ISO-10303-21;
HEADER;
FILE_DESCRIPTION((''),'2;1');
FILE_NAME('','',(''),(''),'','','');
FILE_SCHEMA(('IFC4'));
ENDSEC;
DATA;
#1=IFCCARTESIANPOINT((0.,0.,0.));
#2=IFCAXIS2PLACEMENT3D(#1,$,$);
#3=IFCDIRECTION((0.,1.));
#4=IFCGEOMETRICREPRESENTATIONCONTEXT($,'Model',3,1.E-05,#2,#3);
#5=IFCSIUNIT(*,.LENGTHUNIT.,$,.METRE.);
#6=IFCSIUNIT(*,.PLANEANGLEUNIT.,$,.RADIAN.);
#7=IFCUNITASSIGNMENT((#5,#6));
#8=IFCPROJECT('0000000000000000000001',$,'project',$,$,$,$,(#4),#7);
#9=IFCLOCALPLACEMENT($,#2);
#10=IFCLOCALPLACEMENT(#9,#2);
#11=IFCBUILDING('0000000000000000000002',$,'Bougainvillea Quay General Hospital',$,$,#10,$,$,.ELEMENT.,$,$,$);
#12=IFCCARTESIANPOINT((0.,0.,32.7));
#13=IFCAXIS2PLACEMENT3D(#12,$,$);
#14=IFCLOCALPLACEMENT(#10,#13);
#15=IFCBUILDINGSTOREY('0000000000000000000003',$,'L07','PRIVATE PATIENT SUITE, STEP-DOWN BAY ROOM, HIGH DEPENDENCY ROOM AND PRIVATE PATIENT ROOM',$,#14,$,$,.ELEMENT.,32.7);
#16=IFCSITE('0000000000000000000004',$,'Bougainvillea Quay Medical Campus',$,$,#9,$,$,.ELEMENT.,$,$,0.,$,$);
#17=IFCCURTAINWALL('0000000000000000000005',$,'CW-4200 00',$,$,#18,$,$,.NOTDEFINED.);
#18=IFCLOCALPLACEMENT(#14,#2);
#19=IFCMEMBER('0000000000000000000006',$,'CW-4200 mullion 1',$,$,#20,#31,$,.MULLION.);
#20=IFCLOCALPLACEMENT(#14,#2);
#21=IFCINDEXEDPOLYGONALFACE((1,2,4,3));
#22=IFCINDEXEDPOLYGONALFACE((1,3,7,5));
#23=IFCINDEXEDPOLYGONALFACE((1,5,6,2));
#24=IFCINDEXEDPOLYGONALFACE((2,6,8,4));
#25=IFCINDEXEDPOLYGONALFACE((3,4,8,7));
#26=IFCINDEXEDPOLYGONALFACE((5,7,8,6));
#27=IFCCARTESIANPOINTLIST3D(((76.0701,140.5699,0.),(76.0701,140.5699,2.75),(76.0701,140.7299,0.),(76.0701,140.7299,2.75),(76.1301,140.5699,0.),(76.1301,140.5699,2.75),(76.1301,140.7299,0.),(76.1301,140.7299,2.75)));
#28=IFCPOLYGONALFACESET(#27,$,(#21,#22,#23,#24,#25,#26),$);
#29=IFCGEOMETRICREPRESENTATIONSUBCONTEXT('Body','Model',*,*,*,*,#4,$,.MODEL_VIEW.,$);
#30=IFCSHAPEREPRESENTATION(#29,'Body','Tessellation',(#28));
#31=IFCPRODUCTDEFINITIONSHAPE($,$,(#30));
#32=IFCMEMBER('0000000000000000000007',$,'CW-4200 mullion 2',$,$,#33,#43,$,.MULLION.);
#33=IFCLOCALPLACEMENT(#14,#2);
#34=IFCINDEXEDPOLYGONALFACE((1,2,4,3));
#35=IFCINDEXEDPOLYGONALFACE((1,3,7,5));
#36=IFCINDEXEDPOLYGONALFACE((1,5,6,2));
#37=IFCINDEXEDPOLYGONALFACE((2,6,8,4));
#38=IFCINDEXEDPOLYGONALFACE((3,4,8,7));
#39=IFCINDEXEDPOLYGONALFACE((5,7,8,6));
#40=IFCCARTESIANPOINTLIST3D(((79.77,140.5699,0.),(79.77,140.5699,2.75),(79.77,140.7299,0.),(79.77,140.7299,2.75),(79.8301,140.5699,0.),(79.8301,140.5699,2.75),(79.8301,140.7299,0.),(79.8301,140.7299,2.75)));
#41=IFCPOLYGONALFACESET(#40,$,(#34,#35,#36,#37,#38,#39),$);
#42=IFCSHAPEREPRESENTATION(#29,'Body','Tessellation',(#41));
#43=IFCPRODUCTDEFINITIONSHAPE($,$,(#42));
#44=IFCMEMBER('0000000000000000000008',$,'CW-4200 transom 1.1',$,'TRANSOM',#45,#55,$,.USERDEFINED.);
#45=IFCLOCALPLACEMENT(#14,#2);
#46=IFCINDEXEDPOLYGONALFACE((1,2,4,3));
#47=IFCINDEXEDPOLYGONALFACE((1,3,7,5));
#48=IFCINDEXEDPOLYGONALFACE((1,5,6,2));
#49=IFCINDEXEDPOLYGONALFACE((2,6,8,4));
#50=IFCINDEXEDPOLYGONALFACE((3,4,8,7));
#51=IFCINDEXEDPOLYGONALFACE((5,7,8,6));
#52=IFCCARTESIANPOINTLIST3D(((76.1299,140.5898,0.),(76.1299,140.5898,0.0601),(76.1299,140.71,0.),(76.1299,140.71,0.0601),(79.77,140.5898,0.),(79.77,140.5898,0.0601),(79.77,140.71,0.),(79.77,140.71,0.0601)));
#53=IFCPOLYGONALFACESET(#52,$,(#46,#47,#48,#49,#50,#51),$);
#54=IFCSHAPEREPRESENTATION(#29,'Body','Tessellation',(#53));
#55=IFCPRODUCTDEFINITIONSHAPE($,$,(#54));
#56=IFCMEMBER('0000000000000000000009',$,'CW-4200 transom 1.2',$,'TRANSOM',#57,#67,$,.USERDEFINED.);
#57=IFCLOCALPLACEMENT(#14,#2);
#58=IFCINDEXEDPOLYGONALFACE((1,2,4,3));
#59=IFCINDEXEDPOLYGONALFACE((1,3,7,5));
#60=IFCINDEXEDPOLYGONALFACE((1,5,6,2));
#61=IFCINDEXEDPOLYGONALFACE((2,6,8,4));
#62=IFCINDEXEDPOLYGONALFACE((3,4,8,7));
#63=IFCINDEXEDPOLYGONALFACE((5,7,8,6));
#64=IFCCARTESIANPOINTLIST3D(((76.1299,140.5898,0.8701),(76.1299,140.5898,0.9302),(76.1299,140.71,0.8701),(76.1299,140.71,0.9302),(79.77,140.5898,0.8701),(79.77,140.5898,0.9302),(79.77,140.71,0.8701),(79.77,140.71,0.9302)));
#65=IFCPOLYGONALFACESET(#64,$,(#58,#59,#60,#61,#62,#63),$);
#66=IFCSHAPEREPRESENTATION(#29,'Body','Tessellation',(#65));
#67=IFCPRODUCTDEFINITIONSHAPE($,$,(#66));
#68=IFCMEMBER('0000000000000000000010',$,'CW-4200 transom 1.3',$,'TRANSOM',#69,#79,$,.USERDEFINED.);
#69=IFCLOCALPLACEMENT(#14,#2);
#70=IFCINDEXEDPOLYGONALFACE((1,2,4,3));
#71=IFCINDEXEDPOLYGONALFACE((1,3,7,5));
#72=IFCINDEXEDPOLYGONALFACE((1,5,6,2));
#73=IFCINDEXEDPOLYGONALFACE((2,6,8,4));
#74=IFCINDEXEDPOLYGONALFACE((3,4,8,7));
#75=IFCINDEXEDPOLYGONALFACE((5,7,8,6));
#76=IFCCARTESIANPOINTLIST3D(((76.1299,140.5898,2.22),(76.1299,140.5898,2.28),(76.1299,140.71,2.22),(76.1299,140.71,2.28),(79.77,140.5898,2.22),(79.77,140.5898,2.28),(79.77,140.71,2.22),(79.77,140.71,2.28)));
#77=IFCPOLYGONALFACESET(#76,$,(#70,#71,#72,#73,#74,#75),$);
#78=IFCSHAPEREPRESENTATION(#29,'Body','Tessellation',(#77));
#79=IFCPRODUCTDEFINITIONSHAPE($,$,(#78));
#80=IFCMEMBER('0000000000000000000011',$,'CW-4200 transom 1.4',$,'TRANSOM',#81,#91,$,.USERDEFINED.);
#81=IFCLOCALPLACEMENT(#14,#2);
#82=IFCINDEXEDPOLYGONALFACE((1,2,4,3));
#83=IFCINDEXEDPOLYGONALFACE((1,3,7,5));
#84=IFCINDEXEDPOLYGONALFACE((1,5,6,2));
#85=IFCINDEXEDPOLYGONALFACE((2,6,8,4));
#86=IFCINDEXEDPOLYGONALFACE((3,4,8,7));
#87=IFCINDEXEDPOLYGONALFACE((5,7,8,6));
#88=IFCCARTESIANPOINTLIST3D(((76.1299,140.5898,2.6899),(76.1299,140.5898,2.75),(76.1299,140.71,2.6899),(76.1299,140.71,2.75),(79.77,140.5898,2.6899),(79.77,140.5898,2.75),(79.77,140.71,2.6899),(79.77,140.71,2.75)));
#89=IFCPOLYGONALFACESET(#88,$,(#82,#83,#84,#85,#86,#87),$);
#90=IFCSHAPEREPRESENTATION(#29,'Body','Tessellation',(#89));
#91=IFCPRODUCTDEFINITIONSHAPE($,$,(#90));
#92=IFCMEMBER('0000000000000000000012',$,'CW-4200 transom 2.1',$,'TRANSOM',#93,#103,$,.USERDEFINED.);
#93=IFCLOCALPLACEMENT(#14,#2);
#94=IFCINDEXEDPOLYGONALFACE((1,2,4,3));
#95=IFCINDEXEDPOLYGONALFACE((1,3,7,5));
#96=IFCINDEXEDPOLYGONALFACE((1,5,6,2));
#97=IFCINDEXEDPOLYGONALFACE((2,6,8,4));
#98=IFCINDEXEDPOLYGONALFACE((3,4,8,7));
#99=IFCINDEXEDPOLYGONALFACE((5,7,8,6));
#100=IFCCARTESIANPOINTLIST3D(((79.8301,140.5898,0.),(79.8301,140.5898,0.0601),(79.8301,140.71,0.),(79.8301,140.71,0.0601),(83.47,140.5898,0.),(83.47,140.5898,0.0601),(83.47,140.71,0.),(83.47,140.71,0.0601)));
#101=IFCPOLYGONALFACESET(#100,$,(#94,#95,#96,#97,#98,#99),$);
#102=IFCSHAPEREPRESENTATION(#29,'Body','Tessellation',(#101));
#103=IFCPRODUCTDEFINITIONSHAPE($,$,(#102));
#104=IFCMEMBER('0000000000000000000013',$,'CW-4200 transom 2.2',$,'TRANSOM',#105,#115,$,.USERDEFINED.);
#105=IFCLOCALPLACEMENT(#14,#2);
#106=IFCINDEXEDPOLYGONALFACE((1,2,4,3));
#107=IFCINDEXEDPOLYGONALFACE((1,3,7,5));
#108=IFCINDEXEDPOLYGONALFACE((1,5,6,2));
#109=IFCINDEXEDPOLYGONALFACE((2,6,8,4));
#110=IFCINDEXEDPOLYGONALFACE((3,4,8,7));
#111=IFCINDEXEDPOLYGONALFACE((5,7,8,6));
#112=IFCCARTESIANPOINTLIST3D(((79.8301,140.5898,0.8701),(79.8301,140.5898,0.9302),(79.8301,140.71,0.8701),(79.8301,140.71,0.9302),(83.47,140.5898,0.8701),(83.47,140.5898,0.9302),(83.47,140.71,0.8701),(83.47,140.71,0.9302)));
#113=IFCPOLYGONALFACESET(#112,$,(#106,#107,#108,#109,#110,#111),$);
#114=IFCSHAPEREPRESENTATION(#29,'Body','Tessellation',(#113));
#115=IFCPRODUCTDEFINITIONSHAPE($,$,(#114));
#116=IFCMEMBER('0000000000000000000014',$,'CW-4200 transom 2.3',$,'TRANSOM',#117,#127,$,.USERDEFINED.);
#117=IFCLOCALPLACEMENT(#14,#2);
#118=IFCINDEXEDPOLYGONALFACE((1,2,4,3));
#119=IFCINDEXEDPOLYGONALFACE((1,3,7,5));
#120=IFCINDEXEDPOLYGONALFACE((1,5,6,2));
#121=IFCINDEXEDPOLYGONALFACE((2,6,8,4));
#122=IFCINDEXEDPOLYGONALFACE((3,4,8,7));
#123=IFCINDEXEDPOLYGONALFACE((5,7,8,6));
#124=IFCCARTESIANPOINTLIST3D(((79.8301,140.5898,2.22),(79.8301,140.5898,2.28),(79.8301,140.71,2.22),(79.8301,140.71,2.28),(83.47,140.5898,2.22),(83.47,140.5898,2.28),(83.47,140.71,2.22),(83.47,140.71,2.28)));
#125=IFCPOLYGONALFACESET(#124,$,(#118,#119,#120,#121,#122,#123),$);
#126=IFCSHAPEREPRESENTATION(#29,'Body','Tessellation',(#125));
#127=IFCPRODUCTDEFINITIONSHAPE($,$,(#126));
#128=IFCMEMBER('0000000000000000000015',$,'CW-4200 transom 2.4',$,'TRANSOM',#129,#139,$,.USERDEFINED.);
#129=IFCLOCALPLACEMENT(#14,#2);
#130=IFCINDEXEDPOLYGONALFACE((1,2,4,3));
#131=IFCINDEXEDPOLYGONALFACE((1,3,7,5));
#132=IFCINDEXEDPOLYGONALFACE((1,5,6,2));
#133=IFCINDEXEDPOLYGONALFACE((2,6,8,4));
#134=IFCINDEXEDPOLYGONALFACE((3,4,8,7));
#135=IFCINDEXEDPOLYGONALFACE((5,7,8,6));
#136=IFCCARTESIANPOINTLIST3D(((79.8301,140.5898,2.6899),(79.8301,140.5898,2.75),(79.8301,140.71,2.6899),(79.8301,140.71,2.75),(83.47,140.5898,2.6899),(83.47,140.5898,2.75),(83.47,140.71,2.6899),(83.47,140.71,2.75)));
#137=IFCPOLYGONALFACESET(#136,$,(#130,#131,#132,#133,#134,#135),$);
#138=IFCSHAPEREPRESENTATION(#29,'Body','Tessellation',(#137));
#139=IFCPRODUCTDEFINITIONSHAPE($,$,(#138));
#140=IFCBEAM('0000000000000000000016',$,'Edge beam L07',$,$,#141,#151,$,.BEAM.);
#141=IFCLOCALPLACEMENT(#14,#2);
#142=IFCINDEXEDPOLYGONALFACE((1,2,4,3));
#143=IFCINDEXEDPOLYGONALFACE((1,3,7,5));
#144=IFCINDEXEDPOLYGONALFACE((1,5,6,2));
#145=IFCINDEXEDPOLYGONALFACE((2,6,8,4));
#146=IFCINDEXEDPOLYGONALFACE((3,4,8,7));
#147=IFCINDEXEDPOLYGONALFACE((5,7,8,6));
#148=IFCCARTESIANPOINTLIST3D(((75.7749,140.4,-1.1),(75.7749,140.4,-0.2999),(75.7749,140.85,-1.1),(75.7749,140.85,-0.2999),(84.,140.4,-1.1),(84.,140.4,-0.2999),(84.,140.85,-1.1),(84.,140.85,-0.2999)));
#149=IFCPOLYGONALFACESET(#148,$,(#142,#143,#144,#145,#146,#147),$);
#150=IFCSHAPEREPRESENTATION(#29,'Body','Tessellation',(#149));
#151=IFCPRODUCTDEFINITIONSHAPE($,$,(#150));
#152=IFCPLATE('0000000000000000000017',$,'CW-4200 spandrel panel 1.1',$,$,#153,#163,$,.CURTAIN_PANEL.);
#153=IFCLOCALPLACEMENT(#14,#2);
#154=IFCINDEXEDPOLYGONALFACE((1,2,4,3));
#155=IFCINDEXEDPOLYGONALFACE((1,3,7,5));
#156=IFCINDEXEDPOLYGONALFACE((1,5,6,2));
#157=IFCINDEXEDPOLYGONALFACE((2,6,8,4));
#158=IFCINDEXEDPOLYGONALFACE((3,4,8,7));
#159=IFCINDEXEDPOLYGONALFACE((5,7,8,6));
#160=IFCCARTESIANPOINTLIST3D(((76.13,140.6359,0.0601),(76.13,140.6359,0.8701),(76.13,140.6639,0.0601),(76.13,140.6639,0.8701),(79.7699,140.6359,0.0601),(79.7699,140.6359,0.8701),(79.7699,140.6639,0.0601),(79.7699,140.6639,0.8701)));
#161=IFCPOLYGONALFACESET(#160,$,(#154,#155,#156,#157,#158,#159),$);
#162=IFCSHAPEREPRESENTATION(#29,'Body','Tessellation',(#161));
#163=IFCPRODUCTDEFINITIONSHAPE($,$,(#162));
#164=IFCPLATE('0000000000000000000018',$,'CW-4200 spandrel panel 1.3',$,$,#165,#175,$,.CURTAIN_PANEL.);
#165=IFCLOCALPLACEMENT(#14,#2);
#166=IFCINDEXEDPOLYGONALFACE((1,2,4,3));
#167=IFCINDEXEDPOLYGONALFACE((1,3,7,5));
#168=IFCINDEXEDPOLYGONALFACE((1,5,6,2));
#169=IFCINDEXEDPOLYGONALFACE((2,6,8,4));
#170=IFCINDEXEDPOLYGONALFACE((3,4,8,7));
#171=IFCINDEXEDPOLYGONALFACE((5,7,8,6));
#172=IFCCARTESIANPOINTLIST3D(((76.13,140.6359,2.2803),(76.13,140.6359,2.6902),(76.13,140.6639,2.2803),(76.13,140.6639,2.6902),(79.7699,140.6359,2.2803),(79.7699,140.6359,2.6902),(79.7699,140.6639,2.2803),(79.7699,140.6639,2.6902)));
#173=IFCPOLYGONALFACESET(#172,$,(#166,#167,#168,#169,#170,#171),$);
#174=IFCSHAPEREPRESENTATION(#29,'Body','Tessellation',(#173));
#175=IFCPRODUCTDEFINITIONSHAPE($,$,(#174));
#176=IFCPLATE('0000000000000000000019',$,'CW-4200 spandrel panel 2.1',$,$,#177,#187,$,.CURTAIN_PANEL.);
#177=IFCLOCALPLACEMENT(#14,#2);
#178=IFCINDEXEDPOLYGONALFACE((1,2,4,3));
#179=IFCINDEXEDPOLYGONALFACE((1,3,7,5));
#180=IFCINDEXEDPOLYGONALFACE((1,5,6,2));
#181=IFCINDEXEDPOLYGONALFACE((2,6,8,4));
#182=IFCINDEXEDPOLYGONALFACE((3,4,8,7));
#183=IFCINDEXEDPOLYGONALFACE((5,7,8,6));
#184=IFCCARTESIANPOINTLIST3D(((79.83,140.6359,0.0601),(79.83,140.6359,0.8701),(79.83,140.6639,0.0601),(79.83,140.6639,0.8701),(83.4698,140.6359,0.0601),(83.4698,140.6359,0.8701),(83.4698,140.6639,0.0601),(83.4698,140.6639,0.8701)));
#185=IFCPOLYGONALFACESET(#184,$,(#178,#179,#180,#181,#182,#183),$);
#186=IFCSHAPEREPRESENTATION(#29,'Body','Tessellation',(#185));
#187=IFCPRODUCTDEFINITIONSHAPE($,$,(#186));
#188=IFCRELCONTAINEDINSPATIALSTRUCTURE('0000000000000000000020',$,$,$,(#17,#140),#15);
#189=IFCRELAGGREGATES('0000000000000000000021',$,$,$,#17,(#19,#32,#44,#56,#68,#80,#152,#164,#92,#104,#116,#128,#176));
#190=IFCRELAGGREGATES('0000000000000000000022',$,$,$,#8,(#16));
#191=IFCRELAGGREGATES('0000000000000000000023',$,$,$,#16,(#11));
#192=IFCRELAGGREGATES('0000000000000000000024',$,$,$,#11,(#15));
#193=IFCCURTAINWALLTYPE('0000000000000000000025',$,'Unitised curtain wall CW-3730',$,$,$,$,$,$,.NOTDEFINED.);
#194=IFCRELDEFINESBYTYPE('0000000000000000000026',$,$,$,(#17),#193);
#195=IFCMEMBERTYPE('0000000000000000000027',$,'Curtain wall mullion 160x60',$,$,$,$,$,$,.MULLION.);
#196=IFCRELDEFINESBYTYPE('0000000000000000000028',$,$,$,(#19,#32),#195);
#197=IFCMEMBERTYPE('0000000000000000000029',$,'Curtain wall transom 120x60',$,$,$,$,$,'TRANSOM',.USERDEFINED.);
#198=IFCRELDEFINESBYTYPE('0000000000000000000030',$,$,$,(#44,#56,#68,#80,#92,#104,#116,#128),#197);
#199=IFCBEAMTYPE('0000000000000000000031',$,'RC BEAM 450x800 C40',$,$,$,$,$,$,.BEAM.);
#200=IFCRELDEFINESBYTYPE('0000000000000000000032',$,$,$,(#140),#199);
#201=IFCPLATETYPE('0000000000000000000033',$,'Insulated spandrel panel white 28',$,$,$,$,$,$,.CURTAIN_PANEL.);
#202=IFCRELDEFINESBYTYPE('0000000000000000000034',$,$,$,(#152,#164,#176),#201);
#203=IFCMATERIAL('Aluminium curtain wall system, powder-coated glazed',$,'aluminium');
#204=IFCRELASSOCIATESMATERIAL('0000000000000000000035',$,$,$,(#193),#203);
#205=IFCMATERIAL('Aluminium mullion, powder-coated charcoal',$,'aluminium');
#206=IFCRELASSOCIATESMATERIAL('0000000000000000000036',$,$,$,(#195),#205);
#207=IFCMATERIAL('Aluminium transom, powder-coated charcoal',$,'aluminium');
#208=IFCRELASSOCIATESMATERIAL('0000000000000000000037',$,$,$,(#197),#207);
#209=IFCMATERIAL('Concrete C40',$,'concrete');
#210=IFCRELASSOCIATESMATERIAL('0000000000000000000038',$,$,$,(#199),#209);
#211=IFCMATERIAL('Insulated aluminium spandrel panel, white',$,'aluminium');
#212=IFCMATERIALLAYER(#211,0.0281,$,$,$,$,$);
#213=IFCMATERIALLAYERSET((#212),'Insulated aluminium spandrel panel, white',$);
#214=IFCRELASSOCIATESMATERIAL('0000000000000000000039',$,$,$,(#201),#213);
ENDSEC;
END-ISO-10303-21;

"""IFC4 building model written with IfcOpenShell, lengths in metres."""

from ifc_helpers import new_model, si_unit, direction, frame, origin, origin_2d, place, context, subcontext, project, spatial, rectangle, extrude, material, layer, layer_set, material_profile, profile_set, type_object, element, aggregate, save


model = new_model("IFC4")

# Units and contexts
model_context = context("Model", 3, precision=1e-05, world=origin(), true_north=direction((0.0, 1.0)))
body_context = subcontext(model_context, "Body", "Model", "MODEL_VIEW")
ifc_project = project(units=[si_unit("LENGTHUNIT", "METRE"), si_unit("PLANEANGLEUNIT", "RADIAN")], contexts=[model_context])

# Site, building, storey
site_placement = place(None, origin())
site = spatial("IfcSite", under=ifc_project, at=site_placement, Name="Bougainvillea Quay Medical Campus", CompositionType="ELEMENT", RefElevation=0.0)
building_placement = place(site_placement, origin())
building = spatial("IfcBuilding", under=site, at=building_placement, Name="Bougainvillea Quay General Hospital", CompositionType="ELEMENT")
storey_placement = place(building_placement, frame((0.0, 0.0, 32.7)))
storey = spatial("IfcBuildingStorey", under=building, at=storey_placement, Name="L07", Description="PRIVATE PATIENT SUITE, STEP-DOWN BAY ROOM, HIGH DEPENDENCY ROOM AND PRIVATE PATIENT ROOM", CompositionType="ELEMENT", Elevation=32.7)

# Curtain wall, members
ifc_material_1 = material(Name="Aluminium curtain wall system, powder-coated glazed", Category="aluminium")
curtain_wall_type = type_object("IfcCurtainWallType", Name="Unitised curtain wall CW-3730", PredefinedType="NOTDEFINED", material=ifc_material_1)
curtain_wall_placement = place(storey_placement, origin())
curtain_wall = element("IfcCurtainWall", 1, at=curtain_wall_placement, inside=storey, type_object=curtain_wall_type, Name="CW-4200 00", PredefinedType="NOTDEFINED")
ifc_material_2 = material(Name="Aluminium mullion, powder-coated charcoal", Category="aluminium")
ifc_material_profile_1 = material_profile(ifc_material_2, rectangle(XDim=0.1599, YDim=0.0601, at=origin_2d()))
ifc_profile_set_1 = profile_set([ifc_material_profile_1], Name="Aluminium mullion, powder-coated charcoal")
member_type_1 = type_object("IfcMemberType", Name="Curtain wall mullion 160x60", PredefinedType="MULLION", material=ifc_profile_set_1)
member_1_placement = place(storey_placement, frame((76.1001, 140.6499, 0.0), z_axis=(0.0, 0.0, 1.0), x_axis=(0.0, 1.0, 0.0)))
member_1 = element("IfcMember", 2, at=member_1_placement, type_object=member_type_1, Name="CW-4200 mullion 1", PredefinedType="MULLION", context=body_context, shape_type="SweptSolid", body=[
    extrude(rectangle(XDim=0.1599, YDim=0.0601, at=origin_2d()), origin(), (0.0, 0.0, 1.0), 2.75),
])
member_2_placement = place(storey_placement, frame((79.8, 140.6499, 0.0), z_axis=(0.0, 0.0, 1.0), x_axis=(0.0, 1.0, 0.0)))
member_2 = element("IfcMember", 3, at=member_2_placement, type_object=member_type_1, Name="CW-4200 mullion 2", PredefinedType="MULLION", context=body_context, shape_type="SweptSolid", body=[
    extrude(rectangle(XDim=0.1599, YDim=0.0601, at=origin_2d()), origin(), (0.0, 0.0, 1.0), 2.75),
])
ifc_material_3 = material(Name="Aluminium transom, powder-coated charcoal", Category="aluminium")
ifc_material_profile_2 = material_profile(ifc_material_3, rectangle(XDim=0.1201, YDim=0.0601, at=origin_2d()))
ifc_profile_set_2 = profile_set([ifc_material_profile_2], Name="Aluminium transom, powder-coated charcoal")
member_type_2 = type_object("IfcMemberType", Name="Curtain wall transom 120x60", ElementType="TRANSOM", PredefinedType="USERDEFINED", material=ifc_profile_set_2)
member_3_placement = place(storey_placement, frame((76.1299, 140.6499, 0.03), z_axis=(1.0, 0.0, 0.0), x_axis=(0.0, 1.0, 0.0)))
member_3 = element("IfcMember", 4, at=member_3_placement, type_object=member_type_2, Name="CW-4200 transom 1.1", ObjectType="TRANSOM", PredefinedType="USERDEFINED", context=body_context, shape_type="SweptSolid", body=[
    extrude(rectangle(XDim=0.1201, YDim=0.0601, at=origin_2d()), origin(), (0.0, 0.0, 1.0), 3.6401),
])
member_4_placement = place(storey_placement, frame((76.1299, 140.6499, 0.9001), z_axis=(1.0, 0.0, 0.0), x_axis=(0.0, 1.0, 0.0)))
member_4 = element("IfcMember", 5, at=member_4_placement, type_object=member_type_2, Name="CW-4200 transom 1.2", ObjectType="TRANSOM", PredefinedType="USERDEFINED", context=body_context, shape_type="SweptSolid", body=[
    extrude(rectangle(XDim=0.1201, YDim=0.0601, at=origin_2d()), origin(), (0.0, 0.0, 1.0), 3.6401),
])
member_5_placement = place(storey_placement, frame((76.1299, 140.6499, 2.25), z_axis=(1.0, 0.0, 0.0), x_axis=(0.0, 1.0, 0.0)))
member_5 = element("IfcMember", 6, at=member_5_placement, type_object=member_type_2, Name="CW-4200 transom 1.3", ObjectType="TRANSOM", PredefinedType="USERDEFINED", context=body_context, shape_type="SweptSolid", body=[
    extrude(rectangle(XDim=0.1201, YDim=0.0601, at=origin_2d()), origin(), (0.0, 0.0, 1.0), 3.6401),
])
member_6_placement = place(storey_placement, frame((76.1299, 140.6499, 2.72), z_axis=(1.0, 0.0, 0.0), x_axis=(0.0, 1.0, 0.0)))
member_6 = element("IfcMember", 7, at=member_6_placement, type_object=member_type_2, Name="CW-4200 transom 1.4", ObjectType="TRANSOM", PredefinedType="USERDEFINED", context=body_context, shape_type="SweptSolid", body=[
    extrude(rectangle(XDim=0.1201, YDim=0.0601, at=origin_2d()), origin(), (0.0, 0.0, 1.0), 3.6401),
])
member_7_placement = place(storey_placement, frame((79.8301, 140.6499, 0.03), z_axis=(1.0, 0.0, 0.0), x_axis=(0.0, 1.0, 0.0)))
member_7 = element("IfcMember", 8, at=member_7_placement, type_object=member_type_2, Name="CW-4200 transom 2.1", ObjectType="TRANSOM", PredefinedType="USERDEFINED", context=body_context, shape_type="SweptSolid", body=[
    extrude(rectangle(XDim=0.1201, YDim=0.0601, at=origin_2d()), origin(), (0.0, 0.0, 1.0), 3.6399),
])
member_8_placement = place(storey_placement, frame((79.8301, 140.6499, 0.9001), z_axis=(1.0, 0.0, 0.0), x_axis=(0.0, 1.0, 0.0)))
member_8 = element("IfcMember", 9, at=member_8_placement, type_object=member_type_2, Name="CW-4200 transom 2.2", ObjectType="TRANSOM", PredefinedType="USERDEFINED", context=body_context, shape_type="SweptSolid", body=[
    extrude(rectangle(XDim=0.1201, YDim=0.0601, at=origin_2d()), origin(), (0.0, 0.0, 1.0), 3.6399),
])
member_9_placement = place(storey_placement, frame((79.8301, 140.6499, 2.25), z_axis=(1.0, 0.0, 0.0), x_axis=(0.0, 1.0, 0.0)))
member_9 = element("IfcMember", 10, at=member_9_placement, type_object=member_type_2, Name="CW-4200 transom 2.3", ObjectType="TRANSOM", PredefinedType="USERDEFINED", context=body_context, shape_type="SweptSolid", body=[
    extrude(rectangle(XDim=0.1201, YDim=0.0601, at=origin_2d()), origin(), (0.0, 0.0, 1.0), 3.6399),
])
member_10_placement = place(storey_placement, frame((79.8301, 140.6499, 2.72), z_axis=(1.0, 0.0, 0.0), x_axis=(0.0, 1.0, 0.0)))
member_10 = element("IfcMember", 11, at=member_10_placement, type_object=member_type_2, Name="CW-4200 transom 2.4", ObjectType="TRANSOM", PredefinedType="USERDEFINED", context=body_context, shape_type="SweptSolid", body=[
    extrude(rectangle(XDim=0.1201, YDim=0.0601, at=origin_2d()), origin(), (0.0, 0.0, 1.0), 3.6399),
])

# Beam
ifc_material_4 = material(Name="Concrete C40", Category="concrete")
ifc_material_profile_3 = material_profile(ifc_material_4, rectangle(XDim=0.45, YDim=0.8, at=origin_2d()))
ifc_profile_set_3 = profile_set([ifc_material_profile_3], Name="Concrete C40")
beam_type = type_object("IfcBeamType", Name="RC BEAM 450x800 C40", PredefinedType="BEAM", material=ifc_profile_set_3)
beam_placement = place(storey_placement, frame((75.7749, 140.625, -0.7), z_axis=(1.0, 0.0, 0.0), x_axis=(0.0, 1.0, 0.0)))
element("IfcBeam", 12, at=beam_placement, inside=storey, type_object=beam_type, Name="Edge beam L07", PredefinedType="BEAM", context=body_context, shape_type="SweptSolid", body=[
    extrude(rectangle(XDim=0.45, YDim=0.8, at=origin_2d()), origin(), (0.0, 0.0, 1.0), 8.2251),
])

# Plates
ifc_material_5 = material(Name="Insulated aluminium spandrel panel, white", Category="aluminium")
ifc_layer_1 = layer(ifc_material_5, 0.0281)
ifc_layer_set_1 = layer_set([ifc_layer_1], Name="Insulated aluminium spandrel panel, white")
plate_type_1 = type_object("IfcPlateType", Name="Insulated spandrel panel white 28", PredefinedType="CURTAIN_PANEL", material=ifc_layer_set_1)
plate_1_placement = place(storey_placement, frame((77.95, 140.6499, 0.0601), z_axis=(0.0, 0.0, 1.0), x_axis=(1.0, 0.0, 0.0)))
plate_1 = element("IfcPlate", 13, at=plate_1_placement, type_object=plate_type_1, Name="CW-4200 spandrel panel 1.1", PredefinedType="CURTAIN_PANEL", context=body_context, shape_type="SweptSolid", body=[
    extrude(rectangle(XDim=3.6399, YDim=0.0281, at=origin_2d()), origin(), (0.0, 0.0, 1.0), 0.8101),
])
plate_2_placement = place(storey_placement, frame((77.95, 140.6499, 2.2803), z_axis=(0.0, 0.0, 1.0), x_axis=(1.0, 0.0, 0.0)))
plate_2 = element("IfcPlate", 14, at=plate_2_placement, type_object=plate_type_1, Name="CW-4200 spandrel panel 1.3", PredefinedType="CURTAIN_PANEL", context=body_context, shape_type="SweptSolid", body=[
    extrude(rectangle(XDim=3.6399, YDim=0.0281, at=origin_2d()), origin(), (0.0, 0.0, 1.0), 0.4099),
])
plate_3_placement = place(storey_placement, frame((81.6499, 140.6499, 0.0601), z_axis=(0.0, 0.0, 1.0), x_axis=(1.0, 0.0, 0.0)))
plate_3 = element("IfcPlate", 15, at=plate_3_placement, type_object=plate_type_1, Name="CW-4200 spandrel panel 2.1", PredefinedType="CURTAIN_PANEL", context=body_context, shape_type="SweptSolid", body=[
    extrude(rectangle(XDim=3.6399, YDim=0.0281, at=origin_2d()), origin(), (0.0, 0.0, 1.0), 0.8101),
])
aggregate(curtain_wall, [member_1, member_2, member_3, member_4, member_5, member_6, plate_1, plate_2, member_7, member_8, member_9, member_10, plate_3])

save(model, "model.ifc")
